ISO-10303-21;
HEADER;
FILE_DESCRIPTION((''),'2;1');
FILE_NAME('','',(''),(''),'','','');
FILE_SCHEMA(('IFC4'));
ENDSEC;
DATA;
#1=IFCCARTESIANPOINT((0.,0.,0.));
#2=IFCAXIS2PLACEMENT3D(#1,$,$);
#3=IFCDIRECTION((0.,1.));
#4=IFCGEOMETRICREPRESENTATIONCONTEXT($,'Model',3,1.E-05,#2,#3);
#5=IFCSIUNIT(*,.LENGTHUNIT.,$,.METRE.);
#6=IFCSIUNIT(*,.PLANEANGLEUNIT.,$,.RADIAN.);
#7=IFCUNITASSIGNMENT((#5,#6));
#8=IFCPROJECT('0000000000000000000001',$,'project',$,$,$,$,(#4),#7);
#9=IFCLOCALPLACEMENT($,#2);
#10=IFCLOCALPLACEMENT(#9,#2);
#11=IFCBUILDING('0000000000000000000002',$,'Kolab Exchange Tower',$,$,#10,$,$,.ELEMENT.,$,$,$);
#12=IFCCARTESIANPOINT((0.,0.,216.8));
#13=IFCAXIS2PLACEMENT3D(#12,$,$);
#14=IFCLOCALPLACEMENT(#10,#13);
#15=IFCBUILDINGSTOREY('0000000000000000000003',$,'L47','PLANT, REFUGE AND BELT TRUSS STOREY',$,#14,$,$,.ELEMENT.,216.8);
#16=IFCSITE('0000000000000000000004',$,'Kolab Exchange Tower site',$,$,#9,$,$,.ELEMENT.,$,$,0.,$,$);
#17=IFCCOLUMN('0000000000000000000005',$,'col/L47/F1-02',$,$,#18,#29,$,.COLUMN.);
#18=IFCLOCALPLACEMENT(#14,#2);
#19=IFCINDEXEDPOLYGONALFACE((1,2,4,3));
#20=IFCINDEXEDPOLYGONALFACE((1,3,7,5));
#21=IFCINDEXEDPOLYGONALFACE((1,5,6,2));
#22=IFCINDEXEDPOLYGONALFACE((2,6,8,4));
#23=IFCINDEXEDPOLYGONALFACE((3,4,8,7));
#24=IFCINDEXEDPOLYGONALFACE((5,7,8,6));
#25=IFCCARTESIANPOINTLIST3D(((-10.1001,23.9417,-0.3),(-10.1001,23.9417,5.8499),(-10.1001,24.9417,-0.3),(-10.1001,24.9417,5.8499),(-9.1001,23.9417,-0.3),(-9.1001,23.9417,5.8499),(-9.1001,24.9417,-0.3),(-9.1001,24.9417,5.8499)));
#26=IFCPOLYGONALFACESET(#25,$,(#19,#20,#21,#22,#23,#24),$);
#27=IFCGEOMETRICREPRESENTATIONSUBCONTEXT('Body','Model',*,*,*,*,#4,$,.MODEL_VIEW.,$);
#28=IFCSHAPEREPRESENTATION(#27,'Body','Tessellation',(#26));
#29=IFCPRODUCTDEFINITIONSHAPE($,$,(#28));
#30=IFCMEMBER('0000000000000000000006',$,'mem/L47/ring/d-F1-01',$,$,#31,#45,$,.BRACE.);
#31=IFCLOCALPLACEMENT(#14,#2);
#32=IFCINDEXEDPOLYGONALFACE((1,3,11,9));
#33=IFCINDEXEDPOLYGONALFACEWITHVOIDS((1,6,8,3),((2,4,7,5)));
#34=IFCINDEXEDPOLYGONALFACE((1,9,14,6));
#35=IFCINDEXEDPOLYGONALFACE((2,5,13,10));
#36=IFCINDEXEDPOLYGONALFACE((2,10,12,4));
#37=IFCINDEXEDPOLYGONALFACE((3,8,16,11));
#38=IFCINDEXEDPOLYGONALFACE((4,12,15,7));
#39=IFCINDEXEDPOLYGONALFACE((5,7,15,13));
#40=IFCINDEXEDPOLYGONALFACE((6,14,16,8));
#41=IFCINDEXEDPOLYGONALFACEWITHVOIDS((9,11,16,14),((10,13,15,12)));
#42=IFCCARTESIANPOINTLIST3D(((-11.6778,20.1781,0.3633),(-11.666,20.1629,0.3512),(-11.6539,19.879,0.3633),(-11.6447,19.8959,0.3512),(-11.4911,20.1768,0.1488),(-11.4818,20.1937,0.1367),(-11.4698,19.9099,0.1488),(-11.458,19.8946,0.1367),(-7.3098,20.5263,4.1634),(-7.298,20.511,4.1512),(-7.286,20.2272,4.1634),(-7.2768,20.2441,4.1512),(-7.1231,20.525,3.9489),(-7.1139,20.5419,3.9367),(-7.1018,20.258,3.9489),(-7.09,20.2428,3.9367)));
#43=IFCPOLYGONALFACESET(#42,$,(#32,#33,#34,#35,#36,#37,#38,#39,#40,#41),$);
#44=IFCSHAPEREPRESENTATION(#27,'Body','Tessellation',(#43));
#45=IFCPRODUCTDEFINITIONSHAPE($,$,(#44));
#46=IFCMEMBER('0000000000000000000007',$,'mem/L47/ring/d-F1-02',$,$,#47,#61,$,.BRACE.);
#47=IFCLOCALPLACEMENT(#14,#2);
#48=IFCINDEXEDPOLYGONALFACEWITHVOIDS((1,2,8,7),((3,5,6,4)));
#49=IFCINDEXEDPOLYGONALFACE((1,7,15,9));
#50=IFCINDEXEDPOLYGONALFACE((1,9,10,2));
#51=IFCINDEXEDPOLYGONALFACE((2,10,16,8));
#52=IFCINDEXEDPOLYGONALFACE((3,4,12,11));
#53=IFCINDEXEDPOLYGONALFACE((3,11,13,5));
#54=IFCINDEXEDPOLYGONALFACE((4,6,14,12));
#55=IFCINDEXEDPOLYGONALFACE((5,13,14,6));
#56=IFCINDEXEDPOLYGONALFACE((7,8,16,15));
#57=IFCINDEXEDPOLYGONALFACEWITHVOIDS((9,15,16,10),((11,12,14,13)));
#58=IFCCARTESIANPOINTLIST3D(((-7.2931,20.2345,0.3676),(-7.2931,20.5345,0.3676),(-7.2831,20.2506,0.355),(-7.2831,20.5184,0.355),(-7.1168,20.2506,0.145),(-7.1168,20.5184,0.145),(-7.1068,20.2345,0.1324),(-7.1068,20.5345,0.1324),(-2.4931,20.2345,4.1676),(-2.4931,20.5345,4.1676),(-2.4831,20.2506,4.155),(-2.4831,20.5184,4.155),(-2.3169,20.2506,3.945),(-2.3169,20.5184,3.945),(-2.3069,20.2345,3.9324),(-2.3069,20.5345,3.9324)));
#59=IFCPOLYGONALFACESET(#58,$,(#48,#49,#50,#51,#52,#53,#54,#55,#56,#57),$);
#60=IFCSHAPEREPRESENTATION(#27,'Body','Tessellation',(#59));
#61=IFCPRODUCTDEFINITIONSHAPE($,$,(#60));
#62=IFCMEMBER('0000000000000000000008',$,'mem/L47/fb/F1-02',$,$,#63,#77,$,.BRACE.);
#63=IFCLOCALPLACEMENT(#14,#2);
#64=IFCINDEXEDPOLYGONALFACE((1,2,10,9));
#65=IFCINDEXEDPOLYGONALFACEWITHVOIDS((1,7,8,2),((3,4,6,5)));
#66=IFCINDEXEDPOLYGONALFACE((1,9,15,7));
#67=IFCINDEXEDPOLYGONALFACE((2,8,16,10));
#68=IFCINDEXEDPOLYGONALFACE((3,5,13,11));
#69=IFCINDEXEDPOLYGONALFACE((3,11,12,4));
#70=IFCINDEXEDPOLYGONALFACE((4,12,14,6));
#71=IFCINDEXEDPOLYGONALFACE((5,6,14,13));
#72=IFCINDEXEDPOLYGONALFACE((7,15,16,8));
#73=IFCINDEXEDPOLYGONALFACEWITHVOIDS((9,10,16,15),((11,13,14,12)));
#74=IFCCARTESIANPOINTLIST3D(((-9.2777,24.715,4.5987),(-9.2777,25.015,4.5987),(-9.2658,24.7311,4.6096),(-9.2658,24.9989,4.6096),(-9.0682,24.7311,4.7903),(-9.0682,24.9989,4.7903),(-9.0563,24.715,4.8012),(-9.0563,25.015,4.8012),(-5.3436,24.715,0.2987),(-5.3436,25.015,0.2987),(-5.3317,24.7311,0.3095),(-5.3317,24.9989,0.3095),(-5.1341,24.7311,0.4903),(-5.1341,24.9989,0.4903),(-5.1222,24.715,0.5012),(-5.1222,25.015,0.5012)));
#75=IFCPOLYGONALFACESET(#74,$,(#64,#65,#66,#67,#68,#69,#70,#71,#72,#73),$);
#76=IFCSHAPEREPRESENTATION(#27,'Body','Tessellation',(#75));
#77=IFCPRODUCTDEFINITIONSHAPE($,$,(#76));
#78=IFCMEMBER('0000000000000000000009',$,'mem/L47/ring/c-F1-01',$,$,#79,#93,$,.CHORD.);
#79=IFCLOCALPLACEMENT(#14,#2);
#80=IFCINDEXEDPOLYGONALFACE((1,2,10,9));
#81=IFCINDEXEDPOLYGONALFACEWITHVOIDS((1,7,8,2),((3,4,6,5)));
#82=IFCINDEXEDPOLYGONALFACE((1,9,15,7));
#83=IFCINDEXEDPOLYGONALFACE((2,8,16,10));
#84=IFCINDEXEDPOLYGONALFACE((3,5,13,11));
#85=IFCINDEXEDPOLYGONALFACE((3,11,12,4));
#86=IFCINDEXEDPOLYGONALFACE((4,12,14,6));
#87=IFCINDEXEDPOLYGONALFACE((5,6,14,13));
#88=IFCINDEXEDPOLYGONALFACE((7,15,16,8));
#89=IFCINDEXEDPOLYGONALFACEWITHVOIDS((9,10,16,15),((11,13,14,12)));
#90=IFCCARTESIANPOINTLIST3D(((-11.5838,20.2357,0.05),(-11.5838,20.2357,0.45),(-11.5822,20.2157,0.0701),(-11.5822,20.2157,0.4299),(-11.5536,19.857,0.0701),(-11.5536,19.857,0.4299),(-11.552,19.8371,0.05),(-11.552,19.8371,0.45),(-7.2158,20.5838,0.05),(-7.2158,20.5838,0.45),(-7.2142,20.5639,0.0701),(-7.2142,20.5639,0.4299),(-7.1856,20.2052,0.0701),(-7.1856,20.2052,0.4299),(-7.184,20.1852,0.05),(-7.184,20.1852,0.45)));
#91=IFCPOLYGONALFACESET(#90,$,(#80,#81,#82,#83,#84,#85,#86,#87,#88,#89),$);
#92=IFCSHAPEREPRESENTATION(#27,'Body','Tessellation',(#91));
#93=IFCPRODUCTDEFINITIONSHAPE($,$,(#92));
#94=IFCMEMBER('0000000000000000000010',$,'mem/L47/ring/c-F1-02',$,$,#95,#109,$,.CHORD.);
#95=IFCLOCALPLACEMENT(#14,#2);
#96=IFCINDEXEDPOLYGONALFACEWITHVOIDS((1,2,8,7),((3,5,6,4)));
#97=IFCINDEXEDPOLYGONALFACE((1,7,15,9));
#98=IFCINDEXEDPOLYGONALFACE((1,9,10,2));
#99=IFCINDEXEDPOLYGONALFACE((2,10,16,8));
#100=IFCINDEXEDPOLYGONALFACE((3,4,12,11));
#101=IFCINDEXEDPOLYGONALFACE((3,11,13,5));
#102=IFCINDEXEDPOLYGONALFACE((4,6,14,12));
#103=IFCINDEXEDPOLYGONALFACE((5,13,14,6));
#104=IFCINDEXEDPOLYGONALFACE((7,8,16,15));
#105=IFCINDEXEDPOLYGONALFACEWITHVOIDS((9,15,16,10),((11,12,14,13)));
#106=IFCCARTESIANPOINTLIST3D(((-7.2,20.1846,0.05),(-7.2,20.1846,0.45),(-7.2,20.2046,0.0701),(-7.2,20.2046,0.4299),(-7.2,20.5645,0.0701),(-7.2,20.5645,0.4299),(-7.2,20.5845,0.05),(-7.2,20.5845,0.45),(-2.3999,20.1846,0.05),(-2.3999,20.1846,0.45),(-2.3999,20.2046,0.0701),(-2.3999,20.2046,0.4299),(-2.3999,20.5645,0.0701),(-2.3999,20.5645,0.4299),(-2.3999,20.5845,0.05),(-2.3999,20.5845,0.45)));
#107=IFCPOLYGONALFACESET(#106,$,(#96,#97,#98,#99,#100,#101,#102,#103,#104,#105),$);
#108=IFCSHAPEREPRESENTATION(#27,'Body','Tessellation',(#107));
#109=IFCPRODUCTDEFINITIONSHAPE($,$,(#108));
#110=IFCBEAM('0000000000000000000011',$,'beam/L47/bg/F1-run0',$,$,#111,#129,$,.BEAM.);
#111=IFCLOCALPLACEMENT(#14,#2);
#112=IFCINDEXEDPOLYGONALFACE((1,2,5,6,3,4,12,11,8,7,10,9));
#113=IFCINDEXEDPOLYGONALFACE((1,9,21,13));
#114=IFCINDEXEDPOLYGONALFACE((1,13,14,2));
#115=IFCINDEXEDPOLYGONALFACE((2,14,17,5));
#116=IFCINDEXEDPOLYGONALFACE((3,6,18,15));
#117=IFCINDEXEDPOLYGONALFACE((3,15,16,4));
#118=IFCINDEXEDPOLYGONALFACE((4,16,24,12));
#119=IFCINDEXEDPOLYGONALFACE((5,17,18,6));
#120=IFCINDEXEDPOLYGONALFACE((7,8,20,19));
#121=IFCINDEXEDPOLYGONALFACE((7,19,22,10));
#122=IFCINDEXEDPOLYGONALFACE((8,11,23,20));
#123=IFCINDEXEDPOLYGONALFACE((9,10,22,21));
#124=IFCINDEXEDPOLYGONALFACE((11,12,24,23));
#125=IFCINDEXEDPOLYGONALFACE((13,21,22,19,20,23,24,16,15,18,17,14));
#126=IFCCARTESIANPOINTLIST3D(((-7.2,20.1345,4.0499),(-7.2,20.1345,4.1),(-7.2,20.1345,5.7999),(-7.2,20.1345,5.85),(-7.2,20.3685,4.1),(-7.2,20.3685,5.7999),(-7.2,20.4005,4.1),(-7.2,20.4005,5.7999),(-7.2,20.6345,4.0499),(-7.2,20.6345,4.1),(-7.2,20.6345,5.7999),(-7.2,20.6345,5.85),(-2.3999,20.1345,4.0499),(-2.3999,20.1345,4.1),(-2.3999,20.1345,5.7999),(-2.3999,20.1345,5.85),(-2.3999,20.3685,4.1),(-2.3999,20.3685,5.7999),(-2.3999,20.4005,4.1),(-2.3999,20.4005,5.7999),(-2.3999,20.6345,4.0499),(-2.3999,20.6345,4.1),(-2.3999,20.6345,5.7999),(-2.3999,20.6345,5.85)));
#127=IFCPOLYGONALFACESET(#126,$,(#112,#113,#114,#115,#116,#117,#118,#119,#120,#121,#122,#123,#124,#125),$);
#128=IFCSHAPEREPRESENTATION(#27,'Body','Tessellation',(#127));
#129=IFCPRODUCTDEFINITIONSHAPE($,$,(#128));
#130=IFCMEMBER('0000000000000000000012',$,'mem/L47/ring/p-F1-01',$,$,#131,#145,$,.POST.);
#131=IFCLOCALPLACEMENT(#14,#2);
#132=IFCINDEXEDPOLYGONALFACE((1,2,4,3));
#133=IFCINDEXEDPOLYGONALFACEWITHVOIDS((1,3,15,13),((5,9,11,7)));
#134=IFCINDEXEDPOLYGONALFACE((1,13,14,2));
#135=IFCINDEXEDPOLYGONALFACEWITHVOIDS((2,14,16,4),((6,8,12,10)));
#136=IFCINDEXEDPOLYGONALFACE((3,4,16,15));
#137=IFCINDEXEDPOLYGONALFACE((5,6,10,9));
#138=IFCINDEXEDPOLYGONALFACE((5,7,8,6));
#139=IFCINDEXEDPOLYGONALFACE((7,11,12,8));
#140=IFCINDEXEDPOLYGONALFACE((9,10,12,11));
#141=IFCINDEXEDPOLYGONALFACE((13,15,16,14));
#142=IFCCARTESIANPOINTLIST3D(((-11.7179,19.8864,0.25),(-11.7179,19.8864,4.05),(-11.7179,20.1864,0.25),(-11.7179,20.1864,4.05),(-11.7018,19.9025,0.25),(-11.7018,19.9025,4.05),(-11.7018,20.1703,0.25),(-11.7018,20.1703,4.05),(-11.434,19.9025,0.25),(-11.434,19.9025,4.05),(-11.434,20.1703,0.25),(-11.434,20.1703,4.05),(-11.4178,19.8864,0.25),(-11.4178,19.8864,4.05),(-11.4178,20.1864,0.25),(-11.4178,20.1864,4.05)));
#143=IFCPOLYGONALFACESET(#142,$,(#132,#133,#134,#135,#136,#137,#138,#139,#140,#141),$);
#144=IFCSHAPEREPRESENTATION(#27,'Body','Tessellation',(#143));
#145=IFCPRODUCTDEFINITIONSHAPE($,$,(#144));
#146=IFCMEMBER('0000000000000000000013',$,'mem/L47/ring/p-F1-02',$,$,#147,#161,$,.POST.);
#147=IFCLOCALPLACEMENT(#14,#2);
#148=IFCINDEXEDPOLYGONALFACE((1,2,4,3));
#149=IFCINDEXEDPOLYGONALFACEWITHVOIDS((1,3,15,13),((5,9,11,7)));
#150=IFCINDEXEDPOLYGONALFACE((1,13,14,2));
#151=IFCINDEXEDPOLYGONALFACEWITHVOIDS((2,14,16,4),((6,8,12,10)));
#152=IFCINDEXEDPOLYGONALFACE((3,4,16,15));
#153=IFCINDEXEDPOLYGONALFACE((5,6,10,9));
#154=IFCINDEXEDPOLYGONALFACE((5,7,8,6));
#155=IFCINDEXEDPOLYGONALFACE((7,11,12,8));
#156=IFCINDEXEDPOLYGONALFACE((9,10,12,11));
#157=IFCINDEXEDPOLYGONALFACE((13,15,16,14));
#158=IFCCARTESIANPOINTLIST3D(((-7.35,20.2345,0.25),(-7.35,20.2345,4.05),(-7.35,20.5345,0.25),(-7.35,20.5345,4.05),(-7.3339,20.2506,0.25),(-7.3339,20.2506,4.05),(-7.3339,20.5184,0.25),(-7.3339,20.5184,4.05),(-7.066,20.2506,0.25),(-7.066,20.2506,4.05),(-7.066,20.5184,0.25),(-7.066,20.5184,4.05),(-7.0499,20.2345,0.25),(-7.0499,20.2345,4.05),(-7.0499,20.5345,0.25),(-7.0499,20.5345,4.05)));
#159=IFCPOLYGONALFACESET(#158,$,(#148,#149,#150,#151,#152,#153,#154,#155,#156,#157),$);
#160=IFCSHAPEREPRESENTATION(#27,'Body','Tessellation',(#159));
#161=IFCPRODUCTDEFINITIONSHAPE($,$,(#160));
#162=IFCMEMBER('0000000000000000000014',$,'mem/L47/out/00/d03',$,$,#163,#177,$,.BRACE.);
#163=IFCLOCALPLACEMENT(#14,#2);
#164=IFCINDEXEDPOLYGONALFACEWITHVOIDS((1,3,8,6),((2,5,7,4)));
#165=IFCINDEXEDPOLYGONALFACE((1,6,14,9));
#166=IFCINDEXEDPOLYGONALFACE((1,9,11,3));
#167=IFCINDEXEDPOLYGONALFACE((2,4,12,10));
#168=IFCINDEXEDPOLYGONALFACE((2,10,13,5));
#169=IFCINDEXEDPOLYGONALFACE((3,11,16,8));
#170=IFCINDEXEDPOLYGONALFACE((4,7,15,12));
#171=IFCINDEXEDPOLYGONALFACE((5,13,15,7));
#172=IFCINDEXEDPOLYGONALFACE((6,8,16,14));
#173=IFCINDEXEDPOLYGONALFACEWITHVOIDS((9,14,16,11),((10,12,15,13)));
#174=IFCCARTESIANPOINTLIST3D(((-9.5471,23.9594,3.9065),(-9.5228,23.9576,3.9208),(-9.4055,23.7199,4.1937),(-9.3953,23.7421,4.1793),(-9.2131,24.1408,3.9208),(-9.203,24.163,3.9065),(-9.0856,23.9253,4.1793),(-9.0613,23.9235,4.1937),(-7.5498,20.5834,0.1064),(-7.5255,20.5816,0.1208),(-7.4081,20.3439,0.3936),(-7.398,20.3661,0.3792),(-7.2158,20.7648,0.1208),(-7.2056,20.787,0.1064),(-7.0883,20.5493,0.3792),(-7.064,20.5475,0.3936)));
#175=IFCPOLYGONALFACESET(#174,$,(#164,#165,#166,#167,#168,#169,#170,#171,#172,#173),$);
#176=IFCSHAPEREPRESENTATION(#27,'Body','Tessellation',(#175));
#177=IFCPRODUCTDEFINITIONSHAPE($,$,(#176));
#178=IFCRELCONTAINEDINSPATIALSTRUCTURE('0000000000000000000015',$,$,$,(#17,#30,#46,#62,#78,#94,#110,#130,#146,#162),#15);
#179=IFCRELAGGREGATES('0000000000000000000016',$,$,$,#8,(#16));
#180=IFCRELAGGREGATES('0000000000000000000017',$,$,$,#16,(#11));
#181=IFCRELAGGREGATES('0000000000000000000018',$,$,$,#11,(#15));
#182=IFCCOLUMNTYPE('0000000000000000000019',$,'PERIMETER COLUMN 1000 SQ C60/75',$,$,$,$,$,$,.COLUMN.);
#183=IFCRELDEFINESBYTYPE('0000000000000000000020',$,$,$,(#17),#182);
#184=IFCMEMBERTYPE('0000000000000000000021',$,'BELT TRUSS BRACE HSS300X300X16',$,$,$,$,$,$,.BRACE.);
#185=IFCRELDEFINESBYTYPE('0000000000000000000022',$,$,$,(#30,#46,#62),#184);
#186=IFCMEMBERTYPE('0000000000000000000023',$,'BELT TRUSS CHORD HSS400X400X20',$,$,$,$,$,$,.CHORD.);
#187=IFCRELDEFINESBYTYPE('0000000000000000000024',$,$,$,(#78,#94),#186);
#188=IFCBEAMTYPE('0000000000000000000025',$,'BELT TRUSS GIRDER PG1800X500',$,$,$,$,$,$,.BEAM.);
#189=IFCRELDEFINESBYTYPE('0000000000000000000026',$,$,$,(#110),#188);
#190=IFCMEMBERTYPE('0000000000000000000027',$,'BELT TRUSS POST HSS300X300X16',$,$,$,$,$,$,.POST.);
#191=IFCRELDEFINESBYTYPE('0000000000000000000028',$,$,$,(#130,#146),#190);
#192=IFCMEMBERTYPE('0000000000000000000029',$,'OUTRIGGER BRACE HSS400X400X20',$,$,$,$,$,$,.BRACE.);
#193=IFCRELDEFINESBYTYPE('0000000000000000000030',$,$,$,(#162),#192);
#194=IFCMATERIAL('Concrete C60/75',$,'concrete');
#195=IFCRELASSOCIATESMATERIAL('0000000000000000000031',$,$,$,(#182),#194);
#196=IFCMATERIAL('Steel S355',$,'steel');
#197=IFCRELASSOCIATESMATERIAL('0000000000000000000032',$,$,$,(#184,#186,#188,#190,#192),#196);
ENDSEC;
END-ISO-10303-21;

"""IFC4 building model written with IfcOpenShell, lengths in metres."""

from ifc_helpers import new_model, si_unit, direction, frame, origin, origin_2d, place, context, subcontext, project, spatial, rectangle, hollow_rectangle, i_section, extrude, material, material_profile, profile_set, type_object, element, save


model = new_model("IFC4")

# Units and contexts
model_context = context("Model", 3, precision=1e-05, world=origin(), true_north=direction((0.0, 1.0)))
body_context = subcontext(model_context, "Body", "Model", "MODEL_VIEW")
ifc_project = project(units=[si_unit("LENGTHUNIT", "METRE"), si_unit("PLANEANGLEUNIT", "RADIAN")], contexts=[model_context])

# Site, building, storey
site_placement = place(None, origin())
site = spatial("IfcSite", under=ifc_project, at=site_placement, Name="Kolab Exchange Tower site", CompositionType="ELEMENT", RefElevation=0.0)
building_placement = place(site_placement, origin())
building = spatial("IfcBuilding", under=site, at=building_placement, Name="Kolab Exchange Tower", CompositionType="ELEMENT")
storey_placement = place(building_placement, frame((0.0, 0.0, 216.8)))
storey = spatial("IfcBuildingStorey", under=building, at=storey_placement, Name="L47", Description="PLANT, REFUGE AND BELT TRUSS STOREY", CompositionType="ELEMENT", Elevation=216.8)

# Column
ifc_material_1 = material(Name="Concrete C60/75", Category="concrete")
ifc_material_profile_1 = material_profile(ifc_material_1, rectangle(XDim=1.0, YDim=1.0, at=origin_2d()), Name="RC1000")
ifc_profile_set_1 = profile_set([ifc_material_profile_1], Name="Concrete C60/75")
column_type = type_object("IfcColumnType", Name="PERIMETER COLUMN 1000 SQ C60/75", PredefinedType="COLUMN", material=ifc_profile_set_1)
column_placement = place(storey_placement, frame((-9.6001, 24.4417, -0.3), z_axis=(0.0, 0.0, 1.0), x_axis=(1.0, 0.0, 0.0)))
element("IfcColumn", 1, at=column_placement, inside=storey, type_object=column_type, Name="col/L47/F1-02", PredefinedType="COLUMN", context=body_context, shape_type="SweptSolid", body=[
    extrude(rectangle(XDim=1.0, YDim=1.0, at=origin_2d()), origin(), (0.0, 0.0, 1.0), 6.1499),
])

# Members
ifc_material_2 = material(Name="Steel S355", Category="steel")
ifc_material_profile_2 = material_profile(ifc_material_2, hollow_rectangle(XDim=0.3, YDim=0.3, WallThickness=0.0161, at=origin_2d()), Name="HSS300X300X16")
ifc_profile_set_2 = profile_set([ifc_material_profile_2], Name="Steel S355")
member_type_1 = type_object("IfcMemberType", Name="BELT TRUSS BRACE HSS300X300X16", PredefinedType="BRACE", material=ifc_profile_set_2)
member_1_placement = place(storey_placement, frame((-11.5679, 20.0364, 0.25), z_axis=(0.753086, 0.060025, 0.655178), x_axis=(-0.079453, 0.996839, 0.0)))
element("IfcMember", 2, at=member_1_placement, inside=storey, type_object=member_type_1, Name="mem/L47/ring/d-F1-01", PredefinedType="BRACE", context=body_context, shape_type="SweptSolid", body=[
    extrude(hollow_rectangle(XDim=0.3, YDim=0.3, WallThickness=0.0161, at=origin_2d()), origin(), (0.0, 0.0, 1.0), 5.8),
])
member_2_placement = place(storey_placement, frame((-7.2, 20.3845, 0.25), z_axis=(0.784045, 0.0, 0.620704), x_axis=(0.0, 1.0, 0.0)))
element("IfcMember", 3, at=member_2_placement, inside=storey, type_object=member_type_1, Name="mem/L47/ring/d-F1-02", PredefinedType="BRACE", context=body_context, shape_type="SweptSolid", body=[
    extrude(hollow_rectangle(XDim=0.3, YDim=0.3, WallThickness=0.0161, at=origin_2d()), origin(), (0.0, 0.0, 1.0), 6.1221),
])
member_3_placement = place(storey_placement, frame((-9.167, 24.865, 4.7), z_axis=(0.675013, 0.0, -0.737806), x_axis=(0.0, 1.0, 0.0)))
element("IfcMember", 4, at=member_3_placement, inside=storey, type_object=member_type_1, Name="mem/L47/fb/F1-02", PredefinedType="BRACE", context=body_context, shape_type="SweptSolid", body=[
    extrude(hollow_rectangle(XDim=0.3, YDim=0.3, WallThickness=0.0161, at=origin_2d()), origin(), (0.0, 0.0, 1.0), 5.8281),
])
ifc_material_profile_3 = material_profile(ifc_material_2, hollow_rectangle(XDim=0.3999, YDim=0.3999, WallThickness=0.02, at=origin_2d()), Name="HSS400X400X20")
ifc_profile_set_3 = profile_set([ifc_material_profile_3], Name="Steel S355")
member_type_2 = type_object("IfcMemberType", Name="BELT TRUSS CHORD HSS400X400X20", PredefinedType="CHORD", material=ifc_profile_set_3)
member_4_placement = place(storey_placement, frame((-11.5679, 20.0364, 0.25), z_axis=(0.996839, 0.079453, 0.0), x_axis=(-0.079453, 0.996839, 0.0)))
element("IfcMember", 5, at=member_4_placement, inside=storey, type_object=member_type_2, Name="mem/L47/ring/c-F1-01", PredefinedType="CHORD", context=body_context, shape_type="SweptSolid", body=[
    extrude(hollow_rectangle(XDim=0.3999, YDim=0.3999, WallThickness=0.02, at=origin_2d()), origin(), (0.0, 0.0, 1.0), 4.3818),
])
member_5_placement = place(storey_placement, frame((-7.2, 20.3845, 0.25), z_axis=(1.0, 0.0, 0.0), x_axis=(0.0, 1.0, 0.0)))
element("IfcMember", 6, at=member_5_placement, inside=storey, type_object=member_type_2, Name="mem/L47/ring/c-F1-02", PredefinedType="CHORD", context=body_context, shape_type="SweptSolid", body=[
    extrude(hollow_rectangle(XDim=0.3999, YDim=0.3999, WallThickness=0.02, at=origin_2d()), origin(), (0.0, 0.0, 1.0), 4.8),
])

# Beam
ifc_material_profile_4 = material_profile(ifc_material_2, i_section(OverallWidth=0.5, OverallDepth=1.8, WebThickness=0.032, FlangeThickness=0.05, at=origin_2d()), Name="PG1800X500")
ifc_profile_set_4 = profile_set([ifc_material_profile_4], Name="Steel S355")
beam_type_1 = type_object("IfcBeamType", Name="BELT TRUSS GIRDER PG1800X500", PredefinedType="BEAM", material=ifc_profile_set_4)
beam_1_placement = place(storey_placement, frame((-7.2, 20.3845, 4.95), z_axis=(1.0, 0.0, 0.0), x_axis=(0.0, 1.0, 0.0)))
element("IfcBeam", 7, at=beam_1_placement, inside=storey, type_object=beam_type_1, Name="beam/L47/bg/F1-run0", PredefinedType="BEAM", context=body_context, shape_type="SweptSolid", body=[
    extrude(i_section(OverallWidth=0.5, OverallDepth=1.8, WebThickness=0.032, FlangeThickness=0.05, at=origin_2d()), origin(), (0.0, 0.0, 1.0), 4.8),
])

# Members
ifc_material_profile_5 = material_profile(ifc_material_2, hollow_rectangle(XDim=0.3, YDim=0.3, WallThickness=0.0161, at=origin_2d()), Name="HSS300X300X16")
ifc_profile_set_5 = profile_set([ifc_material_profile_5], Name="Steel S355")
member_type_3 = type_object("IfcMemberType", Name="BELT TRUSS POST HSS300X300X16", PredefinedType="POST", material=ifc_profile_set_5)
for number, where, z_axis, x_axis, name in (
    (8, (-11.5679, 20.0364, 0.25), (0.0, 0.0, 1.0), (1.0, 0.0, 0.0), "mem/L47/ring/p-F1-01"),
    (9, (-7.2, 20.3845, 0.25), (0.0, 0.0, 1.0), (1.0, 0.0, 0.0), "mem/L47/ring/p-F1-02"),
):
    element("IfcMember", number, at=place(storey_placement, frame(where, z_axis=z_axis, x_axis=x_axis)), inside=storey, type_object=member_type_3, Name=name, PredefinedType="POST", context=body_context, shape_type="SweptSolid", body=[
        extrude(hollow_rectangle(XDim=0.3, YDim=0.3, WallThickness=0.0161, at=origin_2d()), origin(), (0.0, 0.0, 1.0), 3.8),
    ])
ifc_material_profile_6 = material_profile(ifc_material_2, hollow_rectangle(XDim=0.3999, YDim=0.3999, WallThickness=0.02, at=origin_2d()), Name="HSS400X400X20")
ifc_profile_set_6 = profile_set([ifc_material_profile_6], Name="Steel S355")
member_type_4 = type_object("IfcMemberType", Name="OUTRIGGER BRACE HSS400X400X20", PredefinedType="BRACE", material=ifc_profile_set_6)
member_6_placement = place(storey_placement, frame((-7.3069, 20.5654, 0.25), z_axis=(-0.365715, 0.618153, 0.695802), x_axis=(-0.860656, -0.509186, 0.0)))
element("IfcMember", 10, at=member_6_placement, inside=storey, type_object=member_type_4, Name="mem/L47/out/00/d03", PredefinedType="BRACE", context=body_context, shape_type="SweptSolid", body=[
    extrude(hollow_rectangle(XDim=0.3999, YDim=0.3999, WallThickness=0.02, at=origin_2d()), origin(), (0.0, 0.0, 1.0), 5.4614),
])

save(model, "model.ifc")
